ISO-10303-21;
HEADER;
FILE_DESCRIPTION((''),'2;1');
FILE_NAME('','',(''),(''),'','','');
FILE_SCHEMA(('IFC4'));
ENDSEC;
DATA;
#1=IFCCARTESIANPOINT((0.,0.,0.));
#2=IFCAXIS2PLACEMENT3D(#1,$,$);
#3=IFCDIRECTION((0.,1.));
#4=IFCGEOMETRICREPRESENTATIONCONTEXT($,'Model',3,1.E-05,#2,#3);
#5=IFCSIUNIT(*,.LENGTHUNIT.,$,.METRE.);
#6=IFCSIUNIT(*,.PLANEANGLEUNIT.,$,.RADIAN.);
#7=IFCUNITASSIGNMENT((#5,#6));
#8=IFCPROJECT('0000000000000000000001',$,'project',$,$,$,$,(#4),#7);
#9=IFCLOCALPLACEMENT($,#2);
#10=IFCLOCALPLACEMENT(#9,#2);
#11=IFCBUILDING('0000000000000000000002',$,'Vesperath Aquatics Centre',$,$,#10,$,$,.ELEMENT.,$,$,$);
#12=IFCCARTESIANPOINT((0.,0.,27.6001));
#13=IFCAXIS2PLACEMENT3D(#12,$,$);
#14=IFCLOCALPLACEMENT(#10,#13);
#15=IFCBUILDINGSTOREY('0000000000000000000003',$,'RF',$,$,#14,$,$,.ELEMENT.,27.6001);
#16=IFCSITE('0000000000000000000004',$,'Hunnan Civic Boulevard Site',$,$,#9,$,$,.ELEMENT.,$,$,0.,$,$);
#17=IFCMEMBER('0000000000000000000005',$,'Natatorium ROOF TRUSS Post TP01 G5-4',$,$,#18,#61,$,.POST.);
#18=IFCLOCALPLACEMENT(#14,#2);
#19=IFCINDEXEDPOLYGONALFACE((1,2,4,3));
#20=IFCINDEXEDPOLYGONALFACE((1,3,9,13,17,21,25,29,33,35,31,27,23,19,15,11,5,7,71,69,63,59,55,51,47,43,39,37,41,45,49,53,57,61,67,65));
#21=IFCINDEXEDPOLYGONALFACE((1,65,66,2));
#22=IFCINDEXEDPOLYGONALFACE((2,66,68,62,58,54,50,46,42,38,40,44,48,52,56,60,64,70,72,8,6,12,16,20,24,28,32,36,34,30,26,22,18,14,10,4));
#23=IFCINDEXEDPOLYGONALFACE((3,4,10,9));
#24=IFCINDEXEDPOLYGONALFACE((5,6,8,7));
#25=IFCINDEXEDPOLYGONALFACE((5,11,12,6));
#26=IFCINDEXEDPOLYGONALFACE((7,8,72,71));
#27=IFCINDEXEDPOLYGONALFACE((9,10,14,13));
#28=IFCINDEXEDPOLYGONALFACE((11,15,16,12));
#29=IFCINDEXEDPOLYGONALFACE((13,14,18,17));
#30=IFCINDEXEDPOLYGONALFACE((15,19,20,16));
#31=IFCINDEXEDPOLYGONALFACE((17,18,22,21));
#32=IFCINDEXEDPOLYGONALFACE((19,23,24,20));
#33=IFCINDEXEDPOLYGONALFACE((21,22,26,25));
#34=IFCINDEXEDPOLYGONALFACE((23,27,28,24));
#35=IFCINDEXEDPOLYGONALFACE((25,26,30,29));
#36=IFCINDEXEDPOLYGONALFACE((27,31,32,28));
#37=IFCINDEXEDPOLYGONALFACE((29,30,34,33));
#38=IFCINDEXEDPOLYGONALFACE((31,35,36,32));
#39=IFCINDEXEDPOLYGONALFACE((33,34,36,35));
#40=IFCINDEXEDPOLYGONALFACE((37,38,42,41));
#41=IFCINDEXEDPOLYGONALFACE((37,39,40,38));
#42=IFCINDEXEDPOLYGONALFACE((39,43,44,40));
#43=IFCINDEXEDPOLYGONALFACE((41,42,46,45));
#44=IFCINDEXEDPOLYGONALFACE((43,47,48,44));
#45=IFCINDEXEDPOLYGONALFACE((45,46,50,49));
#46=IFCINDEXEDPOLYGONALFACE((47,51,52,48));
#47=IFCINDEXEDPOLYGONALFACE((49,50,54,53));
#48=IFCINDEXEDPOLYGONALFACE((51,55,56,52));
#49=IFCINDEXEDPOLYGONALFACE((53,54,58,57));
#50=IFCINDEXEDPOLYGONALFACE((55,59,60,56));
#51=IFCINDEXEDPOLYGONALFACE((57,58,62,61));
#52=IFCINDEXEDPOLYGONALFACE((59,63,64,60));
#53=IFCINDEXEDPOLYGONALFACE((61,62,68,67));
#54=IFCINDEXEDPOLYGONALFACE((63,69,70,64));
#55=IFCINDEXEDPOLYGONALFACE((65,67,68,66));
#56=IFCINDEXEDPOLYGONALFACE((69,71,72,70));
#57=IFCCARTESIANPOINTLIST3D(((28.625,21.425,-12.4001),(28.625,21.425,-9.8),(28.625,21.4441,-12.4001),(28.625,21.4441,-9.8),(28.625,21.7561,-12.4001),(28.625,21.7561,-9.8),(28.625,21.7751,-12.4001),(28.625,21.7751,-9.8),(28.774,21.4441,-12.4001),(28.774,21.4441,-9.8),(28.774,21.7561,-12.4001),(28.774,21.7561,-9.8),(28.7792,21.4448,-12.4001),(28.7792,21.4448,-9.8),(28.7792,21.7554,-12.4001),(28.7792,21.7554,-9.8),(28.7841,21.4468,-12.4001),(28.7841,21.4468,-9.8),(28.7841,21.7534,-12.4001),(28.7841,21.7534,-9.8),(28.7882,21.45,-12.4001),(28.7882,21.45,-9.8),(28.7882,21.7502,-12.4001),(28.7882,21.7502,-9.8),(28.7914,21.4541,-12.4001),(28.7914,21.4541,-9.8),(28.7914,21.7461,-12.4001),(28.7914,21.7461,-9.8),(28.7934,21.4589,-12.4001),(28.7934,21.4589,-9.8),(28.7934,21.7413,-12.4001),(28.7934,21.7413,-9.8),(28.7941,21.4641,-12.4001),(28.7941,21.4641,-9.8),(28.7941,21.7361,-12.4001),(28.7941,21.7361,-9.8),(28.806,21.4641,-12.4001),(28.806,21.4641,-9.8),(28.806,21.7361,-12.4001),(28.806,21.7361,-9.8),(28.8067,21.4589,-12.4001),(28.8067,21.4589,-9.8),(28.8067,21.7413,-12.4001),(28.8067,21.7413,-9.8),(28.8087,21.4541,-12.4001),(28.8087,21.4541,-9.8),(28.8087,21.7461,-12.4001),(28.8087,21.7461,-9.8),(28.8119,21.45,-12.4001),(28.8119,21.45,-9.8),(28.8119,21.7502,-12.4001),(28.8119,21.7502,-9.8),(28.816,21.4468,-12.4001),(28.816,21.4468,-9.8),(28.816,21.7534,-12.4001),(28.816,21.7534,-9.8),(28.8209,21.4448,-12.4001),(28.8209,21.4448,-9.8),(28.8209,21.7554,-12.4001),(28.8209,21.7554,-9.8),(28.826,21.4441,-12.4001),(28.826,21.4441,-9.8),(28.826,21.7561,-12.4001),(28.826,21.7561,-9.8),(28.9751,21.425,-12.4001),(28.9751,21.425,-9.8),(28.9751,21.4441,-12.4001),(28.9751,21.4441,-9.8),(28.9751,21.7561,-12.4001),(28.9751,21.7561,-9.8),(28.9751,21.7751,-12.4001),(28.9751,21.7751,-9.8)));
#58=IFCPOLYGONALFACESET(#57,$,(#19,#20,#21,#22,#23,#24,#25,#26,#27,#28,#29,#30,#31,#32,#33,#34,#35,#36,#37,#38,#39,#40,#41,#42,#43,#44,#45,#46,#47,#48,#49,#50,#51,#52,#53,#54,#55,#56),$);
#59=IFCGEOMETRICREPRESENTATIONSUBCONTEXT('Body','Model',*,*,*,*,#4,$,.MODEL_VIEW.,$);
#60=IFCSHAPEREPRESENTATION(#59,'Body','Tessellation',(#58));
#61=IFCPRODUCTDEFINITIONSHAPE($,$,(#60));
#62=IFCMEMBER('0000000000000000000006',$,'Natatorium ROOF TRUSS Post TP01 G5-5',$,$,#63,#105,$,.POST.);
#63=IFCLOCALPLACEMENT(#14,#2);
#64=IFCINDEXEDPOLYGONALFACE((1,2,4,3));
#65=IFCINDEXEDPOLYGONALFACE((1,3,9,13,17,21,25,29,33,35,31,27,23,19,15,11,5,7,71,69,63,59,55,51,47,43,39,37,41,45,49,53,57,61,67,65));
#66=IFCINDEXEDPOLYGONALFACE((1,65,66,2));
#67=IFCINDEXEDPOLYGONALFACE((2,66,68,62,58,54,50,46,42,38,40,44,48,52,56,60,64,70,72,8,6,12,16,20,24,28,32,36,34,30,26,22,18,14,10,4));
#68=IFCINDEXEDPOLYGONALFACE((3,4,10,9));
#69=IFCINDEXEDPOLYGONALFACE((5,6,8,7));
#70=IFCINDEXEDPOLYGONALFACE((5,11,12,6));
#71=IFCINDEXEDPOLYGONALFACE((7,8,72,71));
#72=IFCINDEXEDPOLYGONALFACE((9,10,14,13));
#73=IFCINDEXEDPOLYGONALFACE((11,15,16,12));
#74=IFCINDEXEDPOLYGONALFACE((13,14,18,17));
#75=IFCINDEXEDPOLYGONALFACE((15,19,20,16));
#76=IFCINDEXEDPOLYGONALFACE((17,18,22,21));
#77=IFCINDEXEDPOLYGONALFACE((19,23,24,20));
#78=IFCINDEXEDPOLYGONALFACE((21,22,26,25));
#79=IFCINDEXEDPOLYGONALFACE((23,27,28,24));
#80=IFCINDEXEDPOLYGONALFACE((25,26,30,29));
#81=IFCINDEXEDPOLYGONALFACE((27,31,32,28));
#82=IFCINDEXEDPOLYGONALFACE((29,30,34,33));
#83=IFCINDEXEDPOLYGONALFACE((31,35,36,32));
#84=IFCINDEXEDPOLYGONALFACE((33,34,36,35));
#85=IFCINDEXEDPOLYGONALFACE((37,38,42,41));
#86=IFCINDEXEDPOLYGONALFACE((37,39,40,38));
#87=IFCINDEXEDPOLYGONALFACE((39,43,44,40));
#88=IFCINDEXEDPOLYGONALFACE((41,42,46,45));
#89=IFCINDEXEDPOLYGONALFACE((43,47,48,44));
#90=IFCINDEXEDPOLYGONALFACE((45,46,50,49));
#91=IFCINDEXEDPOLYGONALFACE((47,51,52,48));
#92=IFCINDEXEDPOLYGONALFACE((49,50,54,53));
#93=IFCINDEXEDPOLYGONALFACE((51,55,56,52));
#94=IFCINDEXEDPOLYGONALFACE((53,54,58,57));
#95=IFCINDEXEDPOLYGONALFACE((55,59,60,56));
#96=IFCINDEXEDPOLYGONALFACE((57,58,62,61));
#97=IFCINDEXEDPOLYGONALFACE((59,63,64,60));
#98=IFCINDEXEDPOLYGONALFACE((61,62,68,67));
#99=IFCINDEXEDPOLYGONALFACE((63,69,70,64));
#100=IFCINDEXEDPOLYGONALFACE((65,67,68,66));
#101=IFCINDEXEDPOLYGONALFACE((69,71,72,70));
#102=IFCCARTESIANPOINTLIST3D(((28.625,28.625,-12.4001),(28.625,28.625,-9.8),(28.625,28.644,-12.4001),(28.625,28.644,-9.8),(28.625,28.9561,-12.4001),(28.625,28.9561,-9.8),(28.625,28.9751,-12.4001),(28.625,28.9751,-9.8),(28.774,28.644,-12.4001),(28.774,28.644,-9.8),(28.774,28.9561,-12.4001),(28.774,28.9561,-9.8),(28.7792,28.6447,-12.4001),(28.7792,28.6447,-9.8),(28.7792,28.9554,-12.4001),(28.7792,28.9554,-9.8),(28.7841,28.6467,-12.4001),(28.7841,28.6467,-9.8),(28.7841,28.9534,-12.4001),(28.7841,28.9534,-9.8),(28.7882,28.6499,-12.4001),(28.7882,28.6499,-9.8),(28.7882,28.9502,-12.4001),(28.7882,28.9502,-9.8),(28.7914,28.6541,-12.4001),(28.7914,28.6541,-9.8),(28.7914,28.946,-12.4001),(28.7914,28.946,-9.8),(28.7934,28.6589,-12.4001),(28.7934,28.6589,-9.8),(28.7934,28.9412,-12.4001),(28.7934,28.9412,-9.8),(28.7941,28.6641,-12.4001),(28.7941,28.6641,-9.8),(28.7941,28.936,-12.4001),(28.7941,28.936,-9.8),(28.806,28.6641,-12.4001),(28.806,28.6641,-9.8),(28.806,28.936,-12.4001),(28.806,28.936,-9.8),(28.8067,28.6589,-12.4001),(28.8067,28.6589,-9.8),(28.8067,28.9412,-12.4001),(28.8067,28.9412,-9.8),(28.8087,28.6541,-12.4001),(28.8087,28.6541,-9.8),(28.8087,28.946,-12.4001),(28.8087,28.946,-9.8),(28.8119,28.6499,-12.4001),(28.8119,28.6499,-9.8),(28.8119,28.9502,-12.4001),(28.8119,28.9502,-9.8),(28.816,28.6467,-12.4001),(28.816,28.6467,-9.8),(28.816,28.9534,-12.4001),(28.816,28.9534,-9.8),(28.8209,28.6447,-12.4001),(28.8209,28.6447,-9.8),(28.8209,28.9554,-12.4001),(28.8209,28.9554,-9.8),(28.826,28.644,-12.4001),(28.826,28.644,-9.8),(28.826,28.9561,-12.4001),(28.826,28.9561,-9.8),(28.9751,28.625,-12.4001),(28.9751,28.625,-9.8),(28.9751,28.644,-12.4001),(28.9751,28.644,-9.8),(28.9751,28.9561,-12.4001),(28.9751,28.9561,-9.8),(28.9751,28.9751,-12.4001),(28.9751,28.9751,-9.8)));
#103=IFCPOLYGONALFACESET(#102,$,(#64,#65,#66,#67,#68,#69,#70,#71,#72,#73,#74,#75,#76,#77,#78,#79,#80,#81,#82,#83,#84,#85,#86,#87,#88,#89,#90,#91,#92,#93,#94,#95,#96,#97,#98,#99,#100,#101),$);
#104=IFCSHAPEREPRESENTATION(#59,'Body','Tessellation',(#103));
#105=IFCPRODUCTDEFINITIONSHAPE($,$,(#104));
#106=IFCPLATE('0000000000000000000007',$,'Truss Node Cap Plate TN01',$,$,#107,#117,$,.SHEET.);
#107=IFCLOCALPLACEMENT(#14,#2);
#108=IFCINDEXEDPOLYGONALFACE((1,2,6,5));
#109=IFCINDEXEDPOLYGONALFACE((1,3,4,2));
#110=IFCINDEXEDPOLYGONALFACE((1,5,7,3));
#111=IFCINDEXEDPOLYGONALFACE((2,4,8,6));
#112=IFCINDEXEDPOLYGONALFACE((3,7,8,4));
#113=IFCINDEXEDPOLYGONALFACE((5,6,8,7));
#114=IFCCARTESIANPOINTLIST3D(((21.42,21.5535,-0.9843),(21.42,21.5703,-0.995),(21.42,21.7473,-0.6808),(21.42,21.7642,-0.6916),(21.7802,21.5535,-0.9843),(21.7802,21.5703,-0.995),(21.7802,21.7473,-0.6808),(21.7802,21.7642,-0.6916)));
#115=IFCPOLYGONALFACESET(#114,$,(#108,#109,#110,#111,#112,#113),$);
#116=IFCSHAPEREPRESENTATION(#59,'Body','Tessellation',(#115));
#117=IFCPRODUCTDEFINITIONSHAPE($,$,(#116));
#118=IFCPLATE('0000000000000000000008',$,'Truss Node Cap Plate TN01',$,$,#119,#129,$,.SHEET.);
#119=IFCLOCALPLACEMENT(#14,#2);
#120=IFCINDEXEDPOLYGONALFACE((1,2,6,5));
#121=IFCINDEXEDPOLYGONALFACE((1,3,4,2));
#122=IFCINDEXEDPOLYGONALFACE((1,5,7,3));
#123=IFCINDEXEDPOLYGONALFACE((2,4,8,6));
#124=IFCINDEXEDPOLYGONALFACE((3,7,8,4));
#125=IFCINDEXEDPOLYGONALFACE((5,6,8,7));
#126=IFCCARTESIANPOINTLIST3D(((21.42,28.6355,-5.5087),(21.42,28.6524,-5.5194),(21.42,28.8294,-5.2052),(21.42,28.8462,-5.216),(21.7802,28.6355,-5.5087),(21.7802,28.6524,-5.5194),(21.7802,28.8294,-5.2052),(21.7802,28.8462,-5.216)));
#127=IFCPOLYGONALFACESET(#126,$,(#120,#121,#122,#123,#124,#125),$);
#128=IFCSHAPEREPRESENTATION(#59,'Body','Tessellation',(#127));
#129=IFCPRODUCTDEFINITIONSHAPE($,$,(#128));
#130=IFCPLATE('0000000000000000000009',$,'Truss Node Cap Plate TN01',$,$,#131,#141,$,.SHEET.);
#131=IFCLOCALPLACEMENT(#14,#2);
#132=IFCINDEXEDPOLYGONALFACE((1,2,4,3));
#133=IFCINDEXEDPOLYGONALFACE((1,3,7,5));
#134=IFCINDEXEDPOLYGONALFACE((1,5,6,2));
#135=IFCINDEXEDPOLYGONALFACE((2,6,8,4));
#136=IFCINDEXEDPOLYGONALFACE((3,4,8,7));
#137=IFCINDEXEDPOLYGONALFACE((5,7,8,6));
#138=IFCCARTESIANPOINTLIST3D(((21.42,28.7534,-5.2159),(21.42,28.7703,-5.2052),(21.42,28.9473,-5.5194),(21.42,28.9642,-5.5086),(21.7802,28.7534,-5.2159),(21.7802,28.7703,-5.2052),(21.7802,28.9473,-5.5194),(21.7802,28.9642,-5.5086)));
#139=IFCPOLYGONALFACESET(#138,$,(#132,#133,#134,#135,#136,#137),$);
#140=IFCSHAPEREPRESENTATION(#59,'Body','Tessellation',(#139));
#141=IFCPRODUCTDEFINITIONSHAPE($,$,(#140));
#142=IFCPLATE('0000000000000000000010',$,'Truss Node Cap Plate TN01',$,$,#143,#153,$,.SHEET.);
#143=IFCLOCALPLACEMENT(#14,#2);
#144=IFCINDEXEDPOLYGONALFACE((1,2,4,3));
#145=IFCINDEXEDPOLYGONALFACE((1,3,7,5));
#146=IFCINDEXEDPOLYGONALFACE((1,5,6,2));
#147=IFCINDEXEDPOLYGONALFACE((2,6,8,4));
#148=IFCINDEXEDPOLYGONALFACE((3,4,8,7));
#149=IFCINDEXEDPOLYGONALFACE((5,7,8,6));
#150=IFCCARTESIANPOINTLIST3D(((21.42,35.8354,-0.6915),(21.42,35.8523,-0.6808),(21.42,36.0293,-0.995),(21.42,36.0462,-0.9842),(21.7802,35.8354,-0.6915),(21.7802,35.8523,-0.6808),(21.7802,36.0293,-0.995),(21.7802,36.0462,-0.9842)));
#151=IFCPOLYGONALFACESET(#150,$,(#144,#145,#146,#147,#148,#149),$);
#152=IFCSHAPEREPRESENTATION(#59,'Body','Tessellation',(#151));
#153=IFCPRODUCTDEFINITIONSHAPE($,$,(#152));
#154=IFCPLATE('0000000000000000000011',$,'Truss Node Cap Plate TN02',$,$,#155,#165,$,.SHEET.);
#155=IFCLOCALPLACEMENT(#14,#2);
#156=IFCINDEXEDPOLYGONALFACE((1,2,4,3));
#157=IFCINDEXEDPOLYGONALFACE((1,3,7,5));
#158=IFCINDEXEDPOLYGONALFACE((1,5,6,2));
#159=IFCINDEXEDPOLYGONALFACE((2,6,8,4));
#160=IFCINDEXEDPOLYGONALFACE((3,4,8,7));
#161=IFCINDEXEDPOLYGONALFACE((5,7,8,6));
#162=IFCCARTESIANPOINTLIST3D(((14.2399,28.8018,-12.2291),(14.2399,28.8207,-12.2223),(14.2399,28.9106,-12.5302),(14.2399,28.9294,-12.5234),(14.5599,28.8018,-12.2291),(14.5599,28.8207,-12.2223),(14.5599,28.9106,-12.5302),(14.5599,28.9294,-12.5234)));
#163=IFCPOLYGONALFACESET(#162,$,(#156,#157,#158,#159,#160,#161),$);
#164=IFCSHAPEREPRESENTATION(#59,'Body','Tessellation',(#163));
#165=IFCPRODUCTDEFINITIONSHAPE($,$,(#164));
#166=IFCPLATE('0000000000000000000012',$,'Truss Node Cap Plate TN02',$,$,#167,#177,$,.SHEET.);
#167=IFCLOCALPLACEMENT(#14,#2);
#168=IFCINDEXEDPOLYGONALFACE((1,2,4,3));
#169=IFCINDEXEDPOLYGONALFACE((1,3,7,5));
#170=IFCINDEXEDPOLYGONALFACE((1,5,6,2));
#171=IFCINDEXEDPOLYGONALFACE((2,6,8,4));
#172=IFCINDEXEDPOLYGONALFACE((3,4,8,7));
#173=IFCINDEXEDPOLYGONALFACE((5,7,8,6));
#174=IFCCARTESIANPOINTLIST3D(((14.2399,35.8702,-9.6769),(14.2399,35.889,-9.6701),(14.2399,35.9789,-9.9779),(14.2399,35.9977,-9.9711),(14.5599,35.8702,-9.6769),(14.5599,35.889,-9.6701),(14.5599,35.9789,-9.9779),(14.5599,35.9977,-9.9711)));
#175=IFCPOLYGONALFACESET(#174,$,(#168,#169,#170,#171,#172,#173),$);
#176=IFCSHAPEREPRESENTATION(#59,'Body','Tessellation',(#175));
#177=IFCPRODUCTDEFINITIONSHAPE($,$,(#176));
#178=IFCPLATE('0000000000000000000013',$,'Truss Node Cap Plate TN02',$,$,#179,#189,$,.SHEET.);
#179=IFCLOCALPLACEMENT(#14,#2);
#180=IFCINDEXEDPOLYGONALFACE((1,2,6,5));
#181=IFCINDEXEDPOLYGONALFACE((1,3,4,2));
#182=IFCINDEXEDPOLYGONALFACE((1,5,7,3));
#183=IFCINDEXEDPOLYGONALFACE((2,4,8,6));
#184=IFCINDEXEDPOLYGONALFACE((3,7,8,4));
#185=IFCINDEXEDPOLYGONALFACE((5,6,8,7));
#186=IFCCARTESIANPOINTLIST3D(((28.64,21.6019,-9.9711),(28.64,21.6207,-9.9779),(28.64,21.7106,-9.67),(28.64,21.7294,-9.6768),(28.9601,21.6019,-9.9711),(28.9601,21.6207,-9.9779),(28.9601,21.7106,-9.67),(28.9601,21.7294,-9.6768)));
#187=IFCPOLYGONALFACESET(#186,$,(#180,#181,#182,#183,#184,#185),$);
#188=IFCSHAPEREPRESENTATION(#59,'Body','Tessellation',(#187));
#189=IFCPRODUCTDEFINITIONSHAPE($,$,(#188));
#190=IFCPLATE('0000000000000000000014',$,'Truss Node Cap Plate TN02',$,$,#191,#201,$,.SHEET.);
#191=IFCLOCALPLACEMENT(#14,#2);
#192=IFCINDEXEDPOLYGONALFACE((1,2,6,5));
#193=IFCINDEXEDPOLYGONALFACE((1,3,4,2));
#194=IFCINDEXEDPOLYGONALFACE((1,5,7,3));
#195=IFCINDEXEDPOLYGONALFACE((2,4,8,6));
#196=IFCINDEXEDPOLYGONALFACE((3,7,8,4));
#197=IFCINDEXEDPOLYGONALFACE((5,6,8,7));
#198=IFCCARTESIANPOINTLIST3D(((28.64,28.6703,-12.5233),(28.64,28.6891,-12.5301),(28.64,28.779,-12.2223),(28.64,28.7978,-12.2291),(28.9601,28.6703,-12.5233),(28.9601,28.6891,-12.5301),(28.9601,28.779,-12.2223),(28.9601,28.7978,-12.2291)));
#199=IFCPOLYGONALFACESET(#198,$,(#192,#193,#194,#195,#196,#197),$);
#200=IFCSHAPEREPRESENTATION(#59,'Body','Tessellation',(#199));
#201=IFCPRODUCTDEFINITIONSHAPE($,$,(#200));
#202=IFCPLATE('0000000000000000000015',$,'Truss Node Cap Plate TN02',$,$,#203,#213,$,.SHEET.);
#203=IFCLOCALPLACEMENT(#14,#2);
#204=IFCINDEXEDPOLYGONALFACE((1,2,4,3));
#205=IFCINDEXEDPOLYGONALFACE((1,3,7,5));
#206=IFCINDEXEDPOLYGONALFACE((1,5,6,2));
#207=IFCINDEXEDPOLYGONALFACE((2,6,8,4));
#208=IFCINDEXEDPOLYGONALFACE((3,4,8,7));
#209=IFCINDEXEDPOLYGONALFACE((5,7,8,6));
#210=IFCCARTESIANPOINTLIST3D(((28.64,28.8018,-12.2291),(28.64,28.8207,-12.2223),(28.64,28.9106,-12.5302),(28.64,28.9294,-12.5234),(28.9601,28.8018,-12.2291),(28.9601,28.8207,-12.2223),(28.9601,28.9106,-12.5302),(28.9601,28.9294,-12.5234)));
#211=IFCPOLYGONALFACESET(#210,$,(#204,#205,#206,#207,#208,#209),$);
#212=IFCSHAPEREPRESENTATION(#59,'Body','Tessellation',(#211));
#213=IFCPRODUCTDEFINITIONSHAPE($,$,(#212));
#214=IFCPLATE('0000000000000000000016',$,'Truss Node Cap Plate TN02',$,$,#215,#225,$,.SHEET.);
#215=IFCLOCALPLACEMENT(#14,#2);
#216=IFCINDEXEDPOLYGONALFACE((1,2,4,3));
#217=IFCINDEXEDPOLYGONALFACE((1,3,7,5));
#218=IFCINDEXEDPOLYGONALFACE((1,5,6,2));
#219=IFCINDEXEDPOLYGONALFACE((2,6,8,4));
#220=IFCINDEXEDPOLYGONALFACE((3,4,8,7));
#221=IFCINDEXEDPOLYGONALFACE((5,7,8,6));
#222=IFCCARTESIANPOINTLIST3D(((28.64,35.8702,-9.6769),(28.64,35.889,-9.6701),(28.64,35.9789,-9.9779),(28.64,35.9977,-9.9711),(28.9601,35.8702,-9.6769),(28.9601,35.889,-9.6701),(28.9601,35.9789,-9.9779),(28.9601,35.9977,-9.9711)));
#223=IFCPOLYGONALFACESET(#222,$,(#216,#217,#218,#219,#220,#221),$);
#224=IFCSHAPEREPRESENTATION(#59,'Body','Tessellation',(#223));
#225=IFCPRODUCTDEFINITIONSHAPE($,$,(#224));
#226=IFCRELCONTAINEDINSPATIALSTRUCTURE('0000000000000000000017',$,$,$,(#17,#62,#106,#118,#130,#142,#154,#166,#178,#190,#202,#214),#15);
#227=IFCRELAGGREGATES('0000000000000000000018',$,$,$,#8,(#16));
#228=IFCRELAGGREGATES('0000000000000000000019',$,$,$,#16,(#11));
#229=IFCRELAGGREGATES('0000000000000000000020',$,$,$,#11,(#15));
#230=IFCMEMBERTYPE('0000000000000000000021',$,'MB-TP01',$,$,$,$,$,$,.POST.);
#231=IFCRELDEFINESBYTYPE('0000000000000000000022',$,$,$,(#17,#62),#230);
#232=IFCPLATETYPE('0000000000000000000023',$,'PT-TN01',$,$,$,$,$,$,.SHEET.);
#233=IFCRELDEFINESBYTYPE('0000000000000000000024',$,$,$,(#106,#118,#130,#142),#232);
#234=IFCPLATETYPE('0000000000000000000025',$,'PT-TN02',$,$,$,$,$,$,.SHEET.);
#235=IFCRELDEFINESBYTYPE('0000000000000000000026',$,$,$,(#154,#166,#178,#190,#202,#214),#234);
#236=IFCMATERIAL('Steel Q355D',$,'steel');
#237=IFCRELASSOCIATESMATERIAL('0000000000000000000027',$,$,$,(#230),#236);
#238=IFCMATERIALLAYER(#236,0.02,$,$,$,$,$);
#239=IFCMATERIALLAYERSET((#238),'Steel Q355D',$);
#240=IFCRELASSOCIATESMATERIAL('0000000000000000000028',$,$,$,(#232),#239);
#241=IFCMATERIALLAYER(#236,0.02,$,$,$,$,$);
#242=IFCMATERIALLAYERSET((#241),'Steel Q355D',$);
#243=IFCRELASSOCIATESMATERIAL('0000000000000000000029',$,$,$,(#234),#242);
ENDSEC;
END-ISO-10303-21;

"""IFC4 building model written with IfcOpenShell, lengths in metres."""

from ifc_helpers import new_model, si_unit, direction, frame, origin, origin_2d, place, context, subcontext, project, spatial, rectangle, i_section, extrude, material, layer, layer_set, material_profile, profile_set, type_object, element, save


model = new_model("IFC4")

# Units and contexts
model_context = context("Model", 3, precision=1e-05, world=origin(), true_north=direction((0.0, 1.0)))
body_context = subcontext(model_context, "Body", "Model", "MODEL_VIEW")
ifc_project = project(units=[si_unit("LENGTHUNIT", "METRE"), si_unit("PLANEANGLEUNIT", "RADIAN")], contexts=[model_context])

# Site, building, storey
site_placement = place(None, origin())
site = spatial("IfcSite", under=ifc_project, at=site_placement, Name="Hunnan Civic Boulevard Site", CompositionType="ELEMENT", RefElevation=0.0)
building_placement = place(site_placement, origin())
building = spatial("IfcBuilding", under=site, at=building_placement, Name="Vesperath Aquatics Centre", CompositionType="ELEMENT")
storey_placement = place(building_placement, frame((0.0, 0.0, 27.6001)))
storey = spatial("IfcBuildingStorey", under=building, at=storey_placement, Name="RF", CompositionType="ELEMENT", Elevation=27.6001)

# Members
ifc_material_1 = material(Name="Steel Q355D", Category="steel")
ifc_material_profile_1 = material_profile(ifc_material_1, i_section(OverallWidth=0.3501, OverallDepth=0.3501, WebThickness=0.012, FlangeThickness=0.019, FilletRadius=0.02, at=origin_2d()), Name="HW 350x350x12x19")
ifc_profile_set_1 = profile_set([ifc_material_profile_1], Name="Steel Q355D")
member_type_1 = type_object("IfcMemberType", Name="MB-TP01", PredefinedType="POST", material=ifc_profile_set_1)
for number, where, z_axis, x_axis, name in (
    (1, (28.8, 21.6001, -12.4001), (0.0, 0.0, 1.0), (1.0, 0.0, 0.0), "Natatorium ROOF TRUSS Post TP01 G5-4"),
    (2, (28.8, 28.8, -12.4001), (0.0, 0.0, 1.0), (1.0, 0.0, 0.0), "Natatorium ROOF TRUSS Post TP01 G5-5"),
):
    element("IfcMember", number, at=place(storey_placement, frame(where, z_axis=z_axis, x_axis=x_axis)), inside=storey, type_object=member_type_1, Name=name, PredefinedType="POST", context=body_context, shape_type="SweptSolid", body=[
        extrude(i_section(OverallWidth=0.3501, OverallDepth=0.3501, WebThickness=0.012, FlangeThickness=0.019, FilletRadius=0.02, at=origin_2d()), origin(), (0.0, 0.0, 1.0), 2.6001),
    ])

# Plates
ifc_layer_1 = layer(ifc_material_1, 0.02)
ifc_layer_set_1 = layer_set([ifc_layer_1], Name="Steel Q355D")
plate_type_1 = type_object("IfcPlateType", Name="PT-TN01", PredefinedType="SHEET", material=ifc_layer_set_1)
for number, where, z_axis, x_axis, name in (
    (3, (21.6001, 21.6504, -0.8325), (0.0, 0.842696, -0.538389), (-1.0, 0.0, 0.0), "Truss Node Cap Plate TN01"),
    (4, (21.6001, 28.7324, -5.3569), (0.0, 0.842696, -0.538389), (-1.0, 0.0, 0.0), "Truss Node Cap Plate TN01"),
    (5, (21.6001, 28.8503, -5.3677), (0.0, 0.842696, 0.538389), (-1.0, 0.0, 0.0), "Truss Node Cap Plate TN01"),
    (6, (21.6001, 35.9324, -0.8433), (0.0, 0.842696, 0.538389), (-1.0, 0.0, 0.0), "Truss Node Cap Plate TN01"),
):
    element("IfcPlate", number, at=place(storey_placement, frame(where, z_axis=z_axis, x_axis=x_axis)), inside=storey, type_object=plate_type_1, Name=name, PredefinedType="SHEET", context=body_context, shape_type="SweptSolid", body=[
        extrude(rectangle(XDim=0.3601, YDim=0.3601, at=origin_2d()), origin(), (0.0, 0.0, 1.0), 0.02),
    ])
ifc_layer_2 = layer(ifc_material_1, 0.02)
ifc_layer_set_2 = layer_set([ifc_layer_2], Name="Steel Q355D")
plate_type_2 = type_object("IfcPlateType", Name="PT-TN02", PredefinedType="SHEET", material=ifc_layer_set_2)
for number, where, z_axis, x_axis, name in (
    (7, (14.3999, 28.8562, -12.3796), (0.0, 0.940554, 0.339644), (-1.0, 0.0, 0.0), "Truss Node Cap Plate TN02"),
    (8, (14.3999, 35.9246, -9.8274), (0.0, 0.940554, 0.339644), (-1.0, 0.0, 0.0), "Truss Node Cap Plate TN02"),
    (9, (28.8, 21.6562, -9.8206), (0.0, 0.940554, -0.339644), (-1.0, 0.0, 0.0), "Truss Node Cap Plate TN02"),
    (10, (28.8, 28.7246, -12.3728), (0.0, 0.940554, -0.339644), (-1.0, 0.0, 0.0), "Truss Node Cap Plate TN02"),
    (11, (28.8, 28.8562, -12.3796), (0.0, 0.940554, 0.339644), (-1.0, 0.0, 0.0), "Truss Node Cap Plate TN02"),
    (12, (28.8, 35.9246, -9.8274), (0.0, 0.940554, 0.339644), (-1.0, 0.0, 0.0), "Truss Node Cap Plate TN02"),
):
    element("IfcPlate", number, at=place(storey_placement, frame(where, z_axis=z_axis, x_axis=x_axis)), inside=storey, type_object=plate_type_2, Name=name, PredefinedType="SHEET", context=body_context, shape_type="SweptSolid", body=[
        extrude(rectangle(XDim=0.3201, YDim=0.3201, at=origin_2d()), origin(), (0.0, 0.0, 1.0), 0.02),
    ])

save(model, "model.ifc")
